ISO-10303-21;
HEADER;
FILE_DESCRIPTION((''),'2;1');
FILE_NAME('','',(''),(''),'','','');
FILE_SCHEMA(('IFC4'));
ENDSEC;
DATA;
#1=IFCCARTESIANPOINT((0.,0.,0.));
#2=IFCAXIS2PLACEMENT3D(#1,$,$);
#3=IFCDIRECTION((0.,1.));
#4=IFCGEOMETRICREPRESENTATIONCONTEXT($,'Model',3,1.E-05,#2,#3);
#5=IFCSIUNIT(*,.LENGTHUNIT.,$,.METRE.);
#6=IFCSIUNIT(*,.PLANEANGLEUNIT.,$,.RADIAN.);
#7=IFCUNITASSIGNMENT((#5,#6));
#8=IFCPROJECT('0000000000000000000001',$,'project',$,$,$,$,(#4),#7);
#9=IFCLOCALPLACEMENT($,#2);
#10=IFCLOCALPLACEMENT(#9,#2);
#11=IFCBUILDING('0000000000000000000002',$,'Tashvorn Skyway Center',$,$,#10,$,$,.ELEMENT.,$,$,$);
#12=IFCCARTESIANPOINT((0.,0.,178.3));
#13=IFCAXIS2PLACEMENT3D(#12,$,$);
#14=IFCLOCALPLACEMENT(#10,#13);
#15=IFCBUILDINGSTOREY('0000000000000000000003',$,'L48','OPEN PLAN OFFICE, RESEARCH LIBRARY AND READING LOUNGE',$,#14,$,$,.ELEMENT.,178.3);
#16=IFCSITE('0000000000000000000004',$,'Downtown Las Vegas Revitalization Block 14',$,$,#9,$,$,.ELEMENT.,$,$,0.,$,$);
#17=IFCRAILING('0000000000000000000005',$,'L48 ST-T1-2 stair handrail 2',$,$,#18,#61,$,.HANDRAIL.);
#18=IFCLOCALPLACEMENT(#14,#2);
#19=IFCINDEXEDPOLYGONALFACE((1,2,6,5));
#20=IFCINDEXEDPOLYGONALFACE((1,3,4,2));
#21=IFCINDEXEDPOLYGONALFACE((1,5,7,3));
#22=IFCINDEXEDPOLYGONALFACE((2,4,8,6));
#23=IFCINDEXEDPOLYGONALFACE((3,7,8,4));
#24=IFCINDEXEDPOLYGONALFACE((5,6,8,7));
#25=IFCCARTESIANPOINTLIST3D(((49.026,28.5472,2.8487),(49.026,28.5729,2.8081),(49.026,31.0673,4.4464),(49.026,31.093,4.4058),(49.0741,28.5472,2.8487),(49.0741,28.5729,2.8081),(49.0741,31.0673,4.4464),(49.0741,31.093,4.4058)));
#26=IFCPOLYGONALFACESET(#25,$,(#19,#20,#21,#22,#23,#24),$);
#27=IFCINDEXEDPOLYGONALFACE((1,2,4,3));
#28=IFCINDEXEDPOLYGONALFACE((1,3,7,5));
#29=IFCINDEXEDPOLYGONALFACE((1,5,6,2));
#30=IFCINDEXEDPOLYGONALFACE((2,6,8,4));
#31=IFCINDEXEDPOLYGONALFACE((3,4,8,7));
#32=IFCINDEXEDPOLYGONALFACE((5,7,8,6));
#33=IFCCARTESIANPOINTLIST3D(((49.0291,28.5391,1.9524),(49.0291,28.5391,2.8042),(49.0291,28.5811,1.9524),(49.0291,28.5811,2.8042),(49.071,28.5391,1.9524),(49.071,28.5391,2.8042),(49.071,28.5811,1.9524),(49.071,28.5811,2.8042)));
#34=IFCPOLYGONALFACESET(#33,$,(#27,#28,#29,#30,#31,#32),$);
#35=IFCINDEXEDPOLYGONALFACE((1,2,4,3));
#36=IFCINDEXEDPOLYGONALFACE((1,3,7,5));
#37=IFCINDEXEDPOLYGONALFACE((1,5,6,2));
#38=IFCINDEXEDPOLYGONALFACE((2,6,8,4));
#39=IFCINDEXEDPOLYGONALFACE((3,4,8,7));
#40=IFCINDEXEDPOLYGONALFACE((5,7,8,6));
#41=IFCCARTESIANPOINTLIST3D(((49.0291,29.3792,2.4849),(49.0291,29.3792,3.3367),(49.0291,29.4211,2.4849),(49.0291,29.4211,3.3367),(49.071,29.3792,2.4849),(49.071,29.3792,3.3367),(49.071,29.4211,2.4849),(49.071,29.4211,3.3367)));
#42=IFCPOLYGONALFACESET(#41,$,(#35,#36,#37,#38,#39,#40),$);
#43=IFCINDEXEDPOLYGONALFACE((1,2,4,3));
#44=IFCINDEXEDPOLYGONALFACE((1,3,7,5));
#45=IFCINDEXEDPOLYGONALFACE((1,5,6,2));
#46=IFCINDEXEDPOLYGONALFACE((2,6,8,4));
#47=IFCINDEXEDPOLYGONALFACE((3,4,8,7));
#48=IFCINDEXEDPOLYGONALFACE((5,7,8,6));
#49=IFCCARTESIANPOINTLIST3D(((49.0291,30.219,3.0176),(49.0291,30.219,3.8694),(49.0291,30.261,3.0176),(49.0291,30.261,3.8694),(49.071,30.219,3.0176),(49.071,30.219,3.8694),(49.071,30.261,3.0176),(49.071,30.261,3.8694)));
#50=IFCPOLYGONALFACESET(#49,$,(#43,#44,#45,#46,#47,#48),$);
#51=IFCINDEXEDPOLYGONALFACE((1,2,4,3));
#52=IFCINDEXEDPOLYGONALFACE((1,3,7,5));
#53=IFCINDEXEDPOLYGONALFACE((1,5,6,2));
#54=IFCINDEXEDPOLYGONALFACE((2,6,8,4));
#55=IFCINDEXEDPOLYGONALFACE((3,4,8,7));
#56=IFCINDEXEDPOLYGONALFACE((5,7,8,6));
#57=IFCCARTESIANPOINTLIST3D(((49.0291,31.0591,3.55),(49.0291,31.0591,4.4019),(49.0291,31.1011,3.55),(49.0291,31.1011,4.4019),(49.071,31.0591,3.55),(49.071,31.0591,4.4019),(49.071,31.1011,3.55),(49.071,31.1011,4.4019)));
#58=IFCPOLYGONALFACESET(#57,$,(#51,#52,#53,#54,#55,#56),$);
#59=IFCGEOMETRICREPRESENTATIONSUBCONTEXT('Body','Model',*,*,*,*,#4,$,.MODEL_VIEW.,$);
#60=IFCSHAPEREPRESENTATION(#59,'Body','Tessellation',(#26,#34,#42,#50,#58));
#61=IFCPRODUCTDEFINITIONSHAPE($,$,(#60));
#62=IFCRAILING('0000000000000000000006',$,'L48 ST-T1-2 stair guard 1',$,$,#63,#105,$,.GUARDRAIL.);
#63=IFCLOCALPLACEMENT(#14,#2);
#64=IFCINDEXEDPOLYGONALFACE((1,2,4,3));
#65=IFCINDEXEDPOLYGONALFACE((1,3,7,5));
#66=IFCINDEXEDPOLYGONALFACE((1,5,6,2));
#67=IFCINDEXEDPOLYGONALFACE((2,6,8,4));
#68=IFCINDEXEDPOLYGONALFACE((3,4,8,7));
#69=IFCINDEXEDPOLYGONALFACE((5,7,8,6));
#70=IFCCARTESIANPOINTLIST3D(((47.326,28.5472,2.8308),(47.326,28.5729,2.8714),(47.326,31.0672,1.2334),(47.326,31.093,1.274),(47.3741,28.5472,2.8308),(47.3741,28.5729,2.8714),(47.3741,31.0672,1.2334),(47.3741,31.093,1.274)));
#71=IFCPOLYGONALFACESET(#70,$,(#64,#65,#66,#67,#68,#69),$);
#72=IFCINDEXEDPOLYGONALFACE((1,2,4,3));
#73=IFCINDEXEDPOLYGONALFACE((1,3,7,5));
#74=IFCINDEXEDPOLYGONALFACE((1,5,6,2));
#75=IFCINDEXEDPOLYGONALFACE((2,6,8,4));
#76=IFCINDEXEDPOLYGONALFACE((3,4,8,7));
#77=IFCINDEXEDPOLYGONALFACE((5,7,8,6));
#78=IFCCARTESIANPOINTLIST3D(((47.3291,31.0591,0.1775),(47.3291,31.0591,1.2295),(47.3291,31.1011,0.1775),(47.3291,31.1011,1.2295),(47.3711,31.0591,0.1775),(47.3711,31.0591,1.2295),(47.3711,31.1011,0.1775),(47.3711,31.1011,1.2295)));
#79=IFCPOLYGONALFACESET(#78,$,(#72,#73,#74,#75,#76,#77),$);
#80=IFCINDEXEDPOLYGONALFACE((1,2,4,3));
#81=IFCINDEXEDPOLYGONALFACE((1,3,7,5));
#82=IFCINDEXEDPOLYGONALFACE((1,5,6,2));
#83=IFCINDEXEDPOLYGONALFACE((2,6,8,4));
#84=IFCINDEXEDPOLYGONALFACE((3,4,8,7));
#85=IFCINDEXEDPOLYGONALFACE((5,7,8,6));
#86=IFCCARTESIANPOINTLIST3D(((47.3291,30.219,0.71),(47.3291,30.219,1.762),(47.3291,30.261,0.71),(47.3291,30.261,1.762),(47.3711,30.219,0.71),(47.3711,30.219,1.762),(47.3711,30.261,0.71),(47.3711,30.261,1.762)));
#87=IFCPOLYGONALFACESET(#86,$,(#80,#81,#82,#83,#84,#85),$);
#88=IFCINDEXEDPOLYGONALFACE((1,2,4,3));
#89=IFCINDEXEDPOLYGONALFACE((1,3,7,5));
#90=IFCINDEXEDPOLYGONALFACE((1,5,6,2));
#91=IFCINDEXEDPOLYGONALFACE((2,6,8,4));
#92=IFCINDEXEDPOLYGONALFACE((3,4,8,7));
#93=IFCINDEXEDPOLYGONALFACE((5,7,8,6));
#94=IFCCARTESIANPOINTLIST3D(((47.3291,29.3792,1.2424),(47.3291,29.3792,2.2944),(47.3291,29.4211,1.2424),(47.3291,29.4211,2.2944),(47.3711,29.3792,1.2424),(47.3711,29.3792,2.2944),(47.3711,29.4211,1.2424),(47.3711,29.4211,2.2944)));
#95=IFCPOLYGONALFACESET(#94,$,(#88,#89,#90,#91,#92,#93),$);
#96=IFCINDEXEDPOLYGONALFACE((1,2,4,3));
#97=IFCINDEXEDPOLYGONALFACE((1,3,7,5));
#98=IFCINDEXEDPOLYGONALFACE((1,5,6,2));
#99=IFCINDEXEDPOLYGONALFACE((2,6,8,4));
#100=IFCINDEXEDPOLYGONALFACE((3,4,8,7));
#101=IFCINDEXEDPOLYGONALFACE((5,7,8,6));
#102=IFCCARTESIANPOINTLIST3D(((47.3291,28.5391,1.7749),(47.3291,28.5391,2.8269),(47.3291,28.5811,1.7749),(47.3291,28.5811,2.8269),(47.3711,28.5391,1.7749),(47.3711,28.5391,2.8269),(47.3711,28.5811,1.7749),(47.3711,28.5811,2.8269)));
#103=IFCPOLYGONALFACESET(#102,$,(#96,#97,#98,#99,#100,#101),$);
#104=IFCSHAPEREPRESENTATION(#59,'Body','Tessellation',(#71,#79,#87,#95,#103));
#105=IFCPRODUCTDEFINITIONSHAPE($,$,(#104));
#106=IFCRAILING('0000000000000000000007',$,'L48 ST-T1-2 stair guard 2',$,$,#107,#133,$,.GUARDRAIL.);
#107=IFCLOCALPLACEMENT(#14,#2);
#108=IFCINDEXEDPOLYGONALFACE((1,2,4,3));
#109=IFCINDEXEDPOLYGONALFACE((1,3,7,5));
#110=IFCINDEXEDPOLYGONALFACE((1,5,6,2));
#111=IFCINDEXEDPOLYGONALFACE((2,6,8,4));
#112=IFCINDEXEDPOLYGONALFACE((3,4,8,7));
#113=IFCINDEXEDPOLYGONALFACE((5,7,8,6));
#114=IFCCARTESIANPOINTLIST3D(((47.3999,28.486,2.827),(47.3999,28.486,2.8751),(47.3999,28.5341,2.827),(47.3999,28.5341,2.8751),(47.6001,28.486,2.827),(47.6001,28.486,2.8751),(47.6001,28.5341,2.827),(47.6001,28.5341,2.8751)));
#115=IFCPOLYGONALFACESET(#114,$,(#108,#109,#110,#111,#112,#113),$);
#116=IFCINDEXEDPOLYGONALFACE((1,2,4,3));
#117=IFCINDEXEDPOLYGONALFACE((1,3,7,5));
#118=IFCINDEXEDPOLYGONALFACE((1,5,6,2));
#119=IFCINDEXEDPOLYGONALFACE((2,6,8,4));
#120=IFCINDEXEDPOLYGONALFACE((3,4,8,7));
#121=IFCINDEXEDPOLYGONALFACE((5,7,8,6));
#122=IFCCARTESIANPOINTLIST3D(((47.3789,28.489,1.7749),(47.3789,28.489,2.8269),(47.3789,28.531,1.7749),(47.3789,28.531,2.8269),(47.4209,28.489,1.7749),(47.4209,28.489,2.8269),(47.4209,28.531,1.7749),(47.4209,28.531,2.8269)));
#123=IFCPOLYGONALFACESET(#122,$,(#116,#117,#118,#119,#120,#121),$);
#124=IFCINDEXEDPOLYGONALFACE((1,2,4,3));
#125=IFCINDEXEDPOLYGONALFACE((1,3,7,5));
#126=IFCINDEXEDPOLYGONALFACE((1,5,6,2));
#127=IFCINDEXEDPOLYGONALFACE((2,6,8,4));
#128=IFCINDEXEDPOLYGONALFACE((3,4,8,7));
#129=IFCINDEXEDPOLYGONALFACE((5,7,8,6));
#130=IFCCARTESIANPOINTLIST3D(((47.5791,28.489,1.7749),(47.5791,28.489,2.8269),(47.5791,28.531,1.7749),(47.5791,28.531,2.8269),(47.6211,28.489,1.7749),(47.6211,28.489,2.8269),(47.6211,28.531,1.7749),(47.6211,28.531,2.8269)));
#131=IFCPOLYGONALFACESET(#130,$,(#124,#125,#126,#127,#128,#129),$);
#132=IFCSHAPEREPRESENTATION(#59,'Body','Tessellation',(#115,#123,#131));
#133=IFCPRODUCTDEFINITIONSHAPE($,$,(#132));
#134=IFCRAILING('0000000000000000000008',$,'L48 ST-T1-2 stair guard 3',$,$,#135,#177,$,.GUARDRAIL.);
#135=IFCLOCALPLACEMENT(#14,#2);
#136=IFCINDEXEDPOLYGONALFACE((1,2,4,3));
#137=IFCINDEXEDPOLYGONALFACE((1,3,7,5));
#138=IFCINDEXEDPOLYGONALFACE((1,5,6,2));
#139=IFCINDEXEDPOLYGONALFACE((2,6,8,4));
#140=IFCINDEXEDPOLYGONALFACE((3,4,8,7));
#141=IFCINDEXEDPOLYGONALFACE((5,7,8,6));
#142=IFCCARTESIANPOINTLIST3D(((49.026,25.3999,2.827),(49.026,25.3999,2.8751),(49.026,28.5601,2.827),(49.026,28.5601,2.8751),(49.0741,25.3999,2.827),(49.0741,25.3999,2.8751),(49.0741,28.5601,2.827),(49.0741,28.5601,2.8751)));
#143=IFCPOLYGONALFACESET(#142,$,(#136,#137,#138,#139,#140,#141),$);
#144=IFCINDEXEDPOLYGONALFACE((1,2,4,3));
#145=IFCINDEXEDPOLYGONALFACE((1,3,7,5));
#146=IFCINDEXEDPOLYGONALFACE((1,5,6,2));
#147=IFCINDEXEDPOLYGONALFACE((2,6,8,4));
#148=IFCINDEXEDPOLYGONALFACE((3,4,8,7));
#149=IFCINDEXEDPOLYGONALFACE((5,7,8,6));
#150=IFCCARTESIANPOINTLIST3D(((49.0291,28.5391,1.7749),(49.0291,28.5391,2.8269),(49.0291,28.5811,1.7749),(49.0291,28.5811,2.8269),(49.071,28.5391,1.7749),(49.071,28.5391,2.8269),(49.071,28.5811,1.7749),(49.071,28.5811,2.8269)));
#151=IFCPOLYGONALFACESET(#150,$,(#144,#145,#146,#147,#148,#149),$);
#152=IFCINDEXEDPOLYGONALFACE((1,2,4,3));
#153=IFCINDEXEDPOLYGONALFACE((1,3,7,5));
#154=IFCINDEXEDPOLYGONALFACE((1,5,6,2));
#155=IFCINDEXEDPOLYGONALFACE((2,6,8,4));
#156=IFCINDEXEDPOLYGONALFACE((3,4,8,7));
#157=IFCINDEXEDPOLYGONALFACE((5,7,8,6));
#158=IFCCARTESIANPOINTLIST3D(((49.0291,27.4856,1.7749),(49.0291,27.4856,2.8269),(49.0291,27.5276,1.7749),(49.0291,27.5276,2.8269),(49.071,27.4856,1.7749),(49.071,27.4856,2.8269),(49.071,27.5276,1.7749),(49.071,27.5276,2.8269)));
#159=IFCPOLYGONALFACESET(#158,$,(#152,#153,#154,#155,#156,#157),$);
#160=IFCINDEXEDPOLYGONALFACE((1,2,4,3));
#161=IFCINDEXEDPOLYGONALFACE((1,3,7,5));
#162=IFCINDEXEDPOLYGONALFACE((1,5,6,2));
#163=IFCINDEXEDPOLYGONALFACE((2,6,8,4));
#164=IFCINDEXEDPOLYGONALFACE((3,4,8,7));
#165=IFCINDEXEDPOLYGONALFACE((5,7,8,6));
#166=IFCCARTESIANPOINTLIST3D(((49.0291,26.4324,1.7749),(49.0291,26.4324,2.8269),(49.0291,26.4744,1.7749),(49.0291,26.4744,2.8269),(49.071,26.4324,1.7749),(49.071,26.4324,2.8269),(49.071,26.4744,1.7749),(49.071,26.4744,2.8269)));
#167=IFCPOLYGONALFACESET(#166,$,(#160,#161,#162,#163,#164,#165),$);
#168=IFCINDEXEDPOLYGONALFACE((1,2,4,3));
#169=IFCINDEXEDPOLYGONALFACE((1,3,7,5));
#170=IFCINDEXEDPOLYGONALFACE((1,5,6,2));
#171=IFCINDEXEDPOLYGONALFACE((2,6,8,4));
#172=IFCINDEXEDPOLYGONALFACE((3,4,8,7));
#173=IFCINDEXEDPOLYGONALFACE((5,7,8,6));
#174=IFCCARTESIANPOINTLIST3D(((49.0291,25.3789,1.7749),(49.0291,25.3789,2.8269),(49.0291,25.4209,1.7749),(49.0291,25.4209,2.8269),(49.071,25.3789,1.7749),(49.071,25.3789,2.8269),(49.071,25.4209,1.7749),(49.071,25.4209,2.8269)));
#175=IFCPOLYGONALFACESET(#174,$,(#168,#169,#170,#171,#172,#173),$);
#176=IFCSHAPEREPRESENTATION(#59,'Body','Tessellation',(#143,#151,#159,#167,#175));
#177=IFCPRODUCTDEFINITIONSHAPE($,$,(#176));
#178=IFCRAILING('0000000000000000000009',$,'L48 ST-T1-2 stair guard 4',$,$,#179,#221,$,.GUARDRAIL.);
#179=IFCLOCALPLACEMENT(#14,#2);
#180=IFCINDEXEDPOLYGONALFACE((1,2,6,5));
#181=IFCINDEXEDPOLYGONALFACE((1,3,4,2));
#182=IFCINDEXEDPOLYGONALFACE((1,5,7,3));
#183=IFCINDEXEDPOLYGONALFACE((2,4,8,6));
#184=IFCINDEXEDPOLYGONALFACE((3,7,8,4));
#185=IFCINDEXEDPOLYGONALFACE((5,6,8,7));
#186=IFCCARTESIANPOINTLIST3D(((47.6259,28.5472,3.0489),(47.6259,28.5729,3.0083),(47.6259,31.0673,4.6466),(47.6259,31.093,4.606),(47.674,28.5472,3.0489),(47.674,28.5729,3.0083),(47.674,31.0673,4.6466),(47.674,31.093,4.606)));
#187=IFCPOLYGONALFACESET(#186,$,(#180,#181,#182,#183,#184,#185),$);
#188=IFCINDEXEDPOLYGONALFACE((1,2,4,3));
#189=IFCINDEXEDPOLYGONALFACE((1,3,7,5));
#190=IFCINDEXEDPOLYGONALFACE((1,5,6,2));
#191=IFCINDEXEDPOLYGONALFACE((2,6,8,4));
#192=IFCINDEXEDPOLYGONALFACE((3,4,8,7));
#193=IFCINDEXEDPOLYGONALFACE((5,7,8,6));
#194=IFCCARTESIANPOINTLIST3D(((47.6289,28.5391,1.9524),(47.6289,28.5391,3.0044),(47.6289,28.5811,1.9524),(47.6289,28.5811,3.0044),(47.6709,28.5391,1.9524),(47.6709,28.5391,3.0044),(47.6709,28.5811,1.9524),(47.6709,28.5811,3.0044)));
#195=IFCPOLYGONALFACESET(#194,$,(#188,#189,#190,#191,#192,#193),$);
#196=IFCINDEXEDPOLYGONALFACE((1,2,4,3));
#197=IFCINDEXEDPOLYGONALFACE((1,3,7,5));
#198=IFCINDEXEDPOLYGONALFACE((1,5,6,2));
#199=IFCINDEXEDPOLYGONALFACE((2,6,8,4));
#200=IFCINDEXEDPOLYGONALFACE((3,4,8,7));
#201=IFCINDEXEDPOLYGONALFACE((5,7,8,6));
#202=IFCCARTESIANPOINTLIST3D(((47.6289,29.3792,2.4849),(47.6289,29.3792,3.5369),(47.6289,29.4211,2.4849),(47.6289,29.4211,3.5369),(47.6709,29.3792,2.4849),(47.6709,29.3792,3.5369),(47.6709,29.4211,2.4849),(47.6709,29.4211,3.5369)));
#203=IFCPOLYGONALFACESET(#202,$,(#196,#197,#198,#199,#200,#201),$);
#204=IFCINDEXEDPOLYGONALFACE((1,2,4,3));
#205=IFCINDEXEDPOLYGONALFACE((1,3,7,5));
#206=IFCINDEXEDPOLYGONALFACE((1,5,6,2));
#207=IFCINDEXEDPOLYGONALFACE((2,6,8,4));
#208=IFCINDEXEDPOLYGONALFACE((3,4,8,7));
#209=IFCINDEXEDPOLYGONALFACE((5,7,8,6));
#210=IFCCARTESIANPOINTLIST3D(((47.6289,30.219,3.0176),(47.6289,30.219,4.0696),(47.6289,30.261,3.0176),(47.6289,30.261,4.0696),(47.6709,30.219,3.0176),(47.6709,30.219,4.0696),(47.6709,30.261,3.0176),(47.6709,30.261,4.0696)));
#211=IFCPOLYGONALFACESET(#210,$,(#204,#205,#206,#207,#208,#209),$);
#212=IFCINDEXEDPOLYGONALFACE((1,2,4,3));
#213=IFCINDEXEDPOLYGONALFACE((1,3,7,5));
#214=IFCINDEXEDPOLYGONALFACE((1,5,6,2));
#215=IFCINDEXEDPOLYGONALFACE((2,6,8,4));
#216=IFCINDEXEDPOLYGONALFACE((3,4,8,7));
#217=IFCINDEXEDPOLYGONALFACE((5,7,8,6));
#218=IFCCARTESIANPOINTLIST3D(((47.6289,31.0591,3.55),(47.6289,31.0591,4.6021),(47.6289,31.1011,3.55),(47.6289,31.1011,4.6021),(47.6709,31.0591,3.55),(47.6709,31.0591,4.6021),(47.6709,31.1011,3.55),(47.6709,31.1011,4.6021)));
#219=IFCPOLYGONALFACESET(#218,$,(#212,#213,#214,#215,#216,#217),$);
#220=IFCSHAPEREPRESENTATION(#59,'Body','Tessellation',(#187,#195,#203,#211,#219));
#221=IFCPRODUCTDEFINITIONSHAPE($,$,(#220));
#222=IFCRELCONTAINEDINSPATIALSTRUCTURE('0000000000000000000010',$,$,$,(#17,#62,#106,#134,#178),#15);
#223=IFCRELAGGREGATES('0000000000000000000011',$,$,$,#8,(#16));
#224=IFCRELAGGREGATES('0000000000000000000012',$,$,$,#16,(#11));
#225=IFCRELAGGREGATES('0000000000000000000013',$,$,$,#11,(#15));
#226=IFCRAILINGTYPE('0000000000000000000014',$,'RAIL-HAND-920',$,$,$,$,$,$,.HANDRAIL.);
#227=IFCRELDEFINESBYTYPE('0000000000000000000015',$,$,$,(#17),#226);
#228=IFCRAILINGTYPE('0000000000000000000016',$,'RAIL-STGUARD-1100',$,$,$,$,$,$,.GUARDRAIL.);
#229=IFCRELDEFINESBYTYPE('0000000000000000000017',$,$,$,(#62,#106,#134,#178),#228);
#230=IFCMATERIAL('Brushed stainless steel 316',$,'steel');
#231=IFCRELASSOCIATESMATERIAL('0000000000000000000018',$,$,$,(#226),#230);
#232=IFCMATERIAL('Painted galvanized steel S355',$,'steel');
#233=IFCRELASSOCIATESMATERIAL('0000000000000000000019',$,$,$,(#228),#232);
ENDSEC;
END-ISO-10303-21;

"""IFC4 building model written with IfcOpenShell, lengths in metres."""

from ifc_helpers import new_model, si_unit, direction, frame, origin, origin_2d, place, context, subcontext, project, spatial, rectangle, extrude, material, type_object, element, save


model = new_model("IFC4")

# Units and contexts
model_context = context("Model", 3, precision=1e-05, world=origin(), true_north=direction((0.0, 1.0)))
body_context = subcontext(model_context, "Body", "Model", "MODEL_VIEW")
ifc_project = project(units=[si_unit("LENGTHUNIT", "METRE"), si_unit("PLANEANGLEUNIT", "RADIAN")], contexts=[model_context])

# Site, building, storey
site_placement = place(None, origin())
site = spatial("IfcSite", under=ifc_project, at=site_placement, Name="Downtown Las Vegas Revitalization Block 14", CompositionType="ELEMENT", RefElevation=0.0)
building_placement = place(site_placement, origin())
building = spatial("IfcBuilding", under=site, at=building_placement, Name="Tashvorn Skyway Center", CompositionType="ELEMENT")
storey_placement = place(building_placement, frame((0.0, 0.0, 178.3)))
storey = spatial("IfcBuildingStorey", under=building, at=storey_placement, Name="L48", Description="OPEN PLAN OFFICE, RESEARCH LIBRARY AND READING LOUNGE", CompositionType="ELEMENT", Elevation=178.3)

# Railings
ifc_material_1 = material(Name="Brushed stainless steel 316", Category="steel")
railing_type_1 = type_object("IfcRailingType", Name="RAIL-HAND-920", PredefinedType="HANDRAIL", material=ifc_material_1)
railing_1_placement = place(storey_placement, frame((49.05, 28.5601, 1.9524)))
element("IfcRailing", 1, at=railing_1_placement, inside=storey, type_object=railing_type_1, Name="L48 ST-T1-2 stair handrail 2", PredefinedType="HANDRAIL", context=body_context, shape_type="SweptSolid", body=[
    extrude(rectangle(XDim=0.0481, YDim=0.0481, at=origin_2d()), frame((0.0, 0.0, 0.876), z_axis=(0.0, 0.84457, 0.535445), x_axis=(-1.0, 0.0, 0.0)), (0.0, 0.0, 1.0), 2.9839),
    extrude(rectangle(XDim=0.042, YDim=0.042, at=origin_2d()), origin(), (0.0, 0.0, 1.0), 0.8518),
    extrude(rectangle(XDim=0.042, YDim=0.042, at=origin_2d()), frame((0.0, 0.8401, 0.5325)), (0.0, 0.0, 1.0), 0.8518),
    extrude(rectangle(XDim=0.042, YDim=0.042, at=origin_2d()), frame((0.0, 1.6799, 1.0652)), (0.0, 0.0, 1.0), 0.8518),
    extrude(rectangle(XDim=0.042, YDim=0.042, at=origin_2d()), frame((0.0, 2.52, 1.5977)), (0.0, 0.0, 1.0), 0.8518),
])
ifc_material_2 = material(Name="Painted galvanized steel S355", Category="steel")
railing_type_2 = type_object("IfcRailingType", Name="RAIL-STGUARD-1100", PredefinedType="GUARDRAIL", material=ifc_material_2)
railing_2_placement = place(storey_placement, frame((47.3501, 31.0801, 0.1775)))
element("IfcRailing", 2, at=railing_2_placement, inside=storey, type_object=railing_type_2, Name="L48 ST-T1-2 stair guard 1", PredefinedType="GUARDRAIL", context=body_context, shape_type="SweptSolid", body=[
    extrude(rectangle(XDim=0.0481, YDim=0.0481, at=origin_2d()), frame((0.0, 0.0, 1.0762), z_axis=(0.0, -0.844607, 0.535387), x_axis=(1.0, 0.0, 0.0)), (0.0, 0.0, 1.0), 2.9836),
    extrude(rectangle(XDim=0.042, YDim=0.042, at=origin_2d()), origin(), (0.0, 0.0, 1.0), 1.052),
    extrude(rectangle(XDim=0.042, YDim=0.042, at=origin_2d()), frame((0.0, -0.8401, 0.5325)), (0.0, 0.0, 1.0), 1.052),
    extrude(rectangle(XDim=0.042, YDim=0.042, at=origin_2d()), frame((0.0, -1.6799, 1.0649)), (0.0, 0.0, 1.0), 1.052),
    extrude(rectangle(XDim=0.042, YDim=0.042, at=origin_2d()), frame((0.0, -2.52, 1.5974)), (0.0, 0.0, 1.0), 1.052),
])
railing_3_placement = place(storey_placement, frame((47.3999, 28.51, 1.7749)))
element("IfcRailing", 3, at=railing_3_placement, inside=storey, type_object=railing_type_2, Name="L48 ST-T1-2 stair guard 2", PredefinedType="GUARDRAIL", context=body_context, shape_type="SweptSolid", body=[
    extrude(rectangle(XDim=0.0481, YDim=0.0481, at=origin_2d()), frame((0.0, 0.0, 1.0762), z_axis=(1.0, 0.0, 0.0), x_axis=(0.0, 1.0, 0.0)), (0.0, 0.0, 1.0), 0.2002),
    extrude(rectangle(XDim=0.042, YDim=0.042, at=origin_2d()), origin(), (0.0, 0.0, 1.0), 1.052),
    extrude(rectangle(XDim=0.042, YDim=0.042, at=origin_2d()), frame((0.2002, 0.0, 0.0)), (0.0, 0.0, 1.0), 1.052),
])
railing_4_placement = place(storey_placement, frame((49.05, 28.5601, 1.7749)))
element("IfcRailing", 4, at=railing_4_placement, inside=storey, type_object=railing_type_2, Name="L48 ST-T1-2 stair guard 3", PredefinedType="GUARDRAIL", context=body_context, shape_type="SweptSolid", body=[
    extrude(rectangle(XDim=0.0481, YDim=0.0481, at=origin_2d()), frame((0.0, 0.0, 1.0762), z_axis=(0.0, -1.0, 0.0), x_axis=(1.0, 0.0, 0.0)), (0.0, 0.0, 1.0), 3.1602),
    extrude(rectangle(XDim=0.042, YDim=0.042, at=origin_2d()), origin(), (0.0, 0.0, 1.0), 1.052),
    extrude(rectangle(XDim=0.042, YDim=0.042, at=origin_2d()), frame((0.0, -1.0535, 0.0)), (0.0, 0.0, 1.0), 1.052),
    extrude(rectangle(XDim=0.042, YDim=0.042, at=origin_2d()), frame((0.0, -2.1067, 0.0)), (0.0, 0.0, 1.0), 1.052),
    extrude(rectangle(XDim=0.042, YDim=0.042, at=origin_2d()), frame((0.0, -3.1602, 0.0)), (0.0, 0.0, 1.0), 1.052),
])
railing_5_placement = place(storey_placement, frame((47.6499, 28.5601, 1.9524)))
element("IfcRailing", 5, at=railing_5_placement, inside=storey, type_object=railing_type_2, Name="L48 ST-T1-2 stair guard 4", PredefinedType="GUARDRAIL", context=body_context, shape_type="SweptSolid", body=[
    extrude(rectangle(XDim=0.0481, YDim=0.0481, at=origin_2d()), frame((0.0, 0.0, 1.0762), z_axis=(0.0, 0.84457, 0.535445), x_axis=(-1.0, 0.0, 0.0)), (0.0, 0.0, 1.0), 2.9839),
    extrude(rectangle(XDim=0.042, YDim=0.042, at=origin_2d()), origin(), (0.0, 0.0, 1.0), 1.052),
    extrude(rectangle(XDim=0.042, YDim=0.042, at=origin_2d()), frame((0.0, 0.8401, 0.5325)), (0.0, 0.0, 1.0), 1.052),
    extrude(rectangle(XDim=0.042, YDim=0.042, at=origin_2d()), frame((0.0, 1.6799, 1.0652)), (0.0, 0.0, 1.0), 1.052),
    extrude(rectangle(XDim=0.042, YDim=0.042, at=origin_2d()), frame((0.0, 2.52, 1.5977)), (0.0, 0.0, 1.0), 1.052),
])

save(model, "model.ifc")
